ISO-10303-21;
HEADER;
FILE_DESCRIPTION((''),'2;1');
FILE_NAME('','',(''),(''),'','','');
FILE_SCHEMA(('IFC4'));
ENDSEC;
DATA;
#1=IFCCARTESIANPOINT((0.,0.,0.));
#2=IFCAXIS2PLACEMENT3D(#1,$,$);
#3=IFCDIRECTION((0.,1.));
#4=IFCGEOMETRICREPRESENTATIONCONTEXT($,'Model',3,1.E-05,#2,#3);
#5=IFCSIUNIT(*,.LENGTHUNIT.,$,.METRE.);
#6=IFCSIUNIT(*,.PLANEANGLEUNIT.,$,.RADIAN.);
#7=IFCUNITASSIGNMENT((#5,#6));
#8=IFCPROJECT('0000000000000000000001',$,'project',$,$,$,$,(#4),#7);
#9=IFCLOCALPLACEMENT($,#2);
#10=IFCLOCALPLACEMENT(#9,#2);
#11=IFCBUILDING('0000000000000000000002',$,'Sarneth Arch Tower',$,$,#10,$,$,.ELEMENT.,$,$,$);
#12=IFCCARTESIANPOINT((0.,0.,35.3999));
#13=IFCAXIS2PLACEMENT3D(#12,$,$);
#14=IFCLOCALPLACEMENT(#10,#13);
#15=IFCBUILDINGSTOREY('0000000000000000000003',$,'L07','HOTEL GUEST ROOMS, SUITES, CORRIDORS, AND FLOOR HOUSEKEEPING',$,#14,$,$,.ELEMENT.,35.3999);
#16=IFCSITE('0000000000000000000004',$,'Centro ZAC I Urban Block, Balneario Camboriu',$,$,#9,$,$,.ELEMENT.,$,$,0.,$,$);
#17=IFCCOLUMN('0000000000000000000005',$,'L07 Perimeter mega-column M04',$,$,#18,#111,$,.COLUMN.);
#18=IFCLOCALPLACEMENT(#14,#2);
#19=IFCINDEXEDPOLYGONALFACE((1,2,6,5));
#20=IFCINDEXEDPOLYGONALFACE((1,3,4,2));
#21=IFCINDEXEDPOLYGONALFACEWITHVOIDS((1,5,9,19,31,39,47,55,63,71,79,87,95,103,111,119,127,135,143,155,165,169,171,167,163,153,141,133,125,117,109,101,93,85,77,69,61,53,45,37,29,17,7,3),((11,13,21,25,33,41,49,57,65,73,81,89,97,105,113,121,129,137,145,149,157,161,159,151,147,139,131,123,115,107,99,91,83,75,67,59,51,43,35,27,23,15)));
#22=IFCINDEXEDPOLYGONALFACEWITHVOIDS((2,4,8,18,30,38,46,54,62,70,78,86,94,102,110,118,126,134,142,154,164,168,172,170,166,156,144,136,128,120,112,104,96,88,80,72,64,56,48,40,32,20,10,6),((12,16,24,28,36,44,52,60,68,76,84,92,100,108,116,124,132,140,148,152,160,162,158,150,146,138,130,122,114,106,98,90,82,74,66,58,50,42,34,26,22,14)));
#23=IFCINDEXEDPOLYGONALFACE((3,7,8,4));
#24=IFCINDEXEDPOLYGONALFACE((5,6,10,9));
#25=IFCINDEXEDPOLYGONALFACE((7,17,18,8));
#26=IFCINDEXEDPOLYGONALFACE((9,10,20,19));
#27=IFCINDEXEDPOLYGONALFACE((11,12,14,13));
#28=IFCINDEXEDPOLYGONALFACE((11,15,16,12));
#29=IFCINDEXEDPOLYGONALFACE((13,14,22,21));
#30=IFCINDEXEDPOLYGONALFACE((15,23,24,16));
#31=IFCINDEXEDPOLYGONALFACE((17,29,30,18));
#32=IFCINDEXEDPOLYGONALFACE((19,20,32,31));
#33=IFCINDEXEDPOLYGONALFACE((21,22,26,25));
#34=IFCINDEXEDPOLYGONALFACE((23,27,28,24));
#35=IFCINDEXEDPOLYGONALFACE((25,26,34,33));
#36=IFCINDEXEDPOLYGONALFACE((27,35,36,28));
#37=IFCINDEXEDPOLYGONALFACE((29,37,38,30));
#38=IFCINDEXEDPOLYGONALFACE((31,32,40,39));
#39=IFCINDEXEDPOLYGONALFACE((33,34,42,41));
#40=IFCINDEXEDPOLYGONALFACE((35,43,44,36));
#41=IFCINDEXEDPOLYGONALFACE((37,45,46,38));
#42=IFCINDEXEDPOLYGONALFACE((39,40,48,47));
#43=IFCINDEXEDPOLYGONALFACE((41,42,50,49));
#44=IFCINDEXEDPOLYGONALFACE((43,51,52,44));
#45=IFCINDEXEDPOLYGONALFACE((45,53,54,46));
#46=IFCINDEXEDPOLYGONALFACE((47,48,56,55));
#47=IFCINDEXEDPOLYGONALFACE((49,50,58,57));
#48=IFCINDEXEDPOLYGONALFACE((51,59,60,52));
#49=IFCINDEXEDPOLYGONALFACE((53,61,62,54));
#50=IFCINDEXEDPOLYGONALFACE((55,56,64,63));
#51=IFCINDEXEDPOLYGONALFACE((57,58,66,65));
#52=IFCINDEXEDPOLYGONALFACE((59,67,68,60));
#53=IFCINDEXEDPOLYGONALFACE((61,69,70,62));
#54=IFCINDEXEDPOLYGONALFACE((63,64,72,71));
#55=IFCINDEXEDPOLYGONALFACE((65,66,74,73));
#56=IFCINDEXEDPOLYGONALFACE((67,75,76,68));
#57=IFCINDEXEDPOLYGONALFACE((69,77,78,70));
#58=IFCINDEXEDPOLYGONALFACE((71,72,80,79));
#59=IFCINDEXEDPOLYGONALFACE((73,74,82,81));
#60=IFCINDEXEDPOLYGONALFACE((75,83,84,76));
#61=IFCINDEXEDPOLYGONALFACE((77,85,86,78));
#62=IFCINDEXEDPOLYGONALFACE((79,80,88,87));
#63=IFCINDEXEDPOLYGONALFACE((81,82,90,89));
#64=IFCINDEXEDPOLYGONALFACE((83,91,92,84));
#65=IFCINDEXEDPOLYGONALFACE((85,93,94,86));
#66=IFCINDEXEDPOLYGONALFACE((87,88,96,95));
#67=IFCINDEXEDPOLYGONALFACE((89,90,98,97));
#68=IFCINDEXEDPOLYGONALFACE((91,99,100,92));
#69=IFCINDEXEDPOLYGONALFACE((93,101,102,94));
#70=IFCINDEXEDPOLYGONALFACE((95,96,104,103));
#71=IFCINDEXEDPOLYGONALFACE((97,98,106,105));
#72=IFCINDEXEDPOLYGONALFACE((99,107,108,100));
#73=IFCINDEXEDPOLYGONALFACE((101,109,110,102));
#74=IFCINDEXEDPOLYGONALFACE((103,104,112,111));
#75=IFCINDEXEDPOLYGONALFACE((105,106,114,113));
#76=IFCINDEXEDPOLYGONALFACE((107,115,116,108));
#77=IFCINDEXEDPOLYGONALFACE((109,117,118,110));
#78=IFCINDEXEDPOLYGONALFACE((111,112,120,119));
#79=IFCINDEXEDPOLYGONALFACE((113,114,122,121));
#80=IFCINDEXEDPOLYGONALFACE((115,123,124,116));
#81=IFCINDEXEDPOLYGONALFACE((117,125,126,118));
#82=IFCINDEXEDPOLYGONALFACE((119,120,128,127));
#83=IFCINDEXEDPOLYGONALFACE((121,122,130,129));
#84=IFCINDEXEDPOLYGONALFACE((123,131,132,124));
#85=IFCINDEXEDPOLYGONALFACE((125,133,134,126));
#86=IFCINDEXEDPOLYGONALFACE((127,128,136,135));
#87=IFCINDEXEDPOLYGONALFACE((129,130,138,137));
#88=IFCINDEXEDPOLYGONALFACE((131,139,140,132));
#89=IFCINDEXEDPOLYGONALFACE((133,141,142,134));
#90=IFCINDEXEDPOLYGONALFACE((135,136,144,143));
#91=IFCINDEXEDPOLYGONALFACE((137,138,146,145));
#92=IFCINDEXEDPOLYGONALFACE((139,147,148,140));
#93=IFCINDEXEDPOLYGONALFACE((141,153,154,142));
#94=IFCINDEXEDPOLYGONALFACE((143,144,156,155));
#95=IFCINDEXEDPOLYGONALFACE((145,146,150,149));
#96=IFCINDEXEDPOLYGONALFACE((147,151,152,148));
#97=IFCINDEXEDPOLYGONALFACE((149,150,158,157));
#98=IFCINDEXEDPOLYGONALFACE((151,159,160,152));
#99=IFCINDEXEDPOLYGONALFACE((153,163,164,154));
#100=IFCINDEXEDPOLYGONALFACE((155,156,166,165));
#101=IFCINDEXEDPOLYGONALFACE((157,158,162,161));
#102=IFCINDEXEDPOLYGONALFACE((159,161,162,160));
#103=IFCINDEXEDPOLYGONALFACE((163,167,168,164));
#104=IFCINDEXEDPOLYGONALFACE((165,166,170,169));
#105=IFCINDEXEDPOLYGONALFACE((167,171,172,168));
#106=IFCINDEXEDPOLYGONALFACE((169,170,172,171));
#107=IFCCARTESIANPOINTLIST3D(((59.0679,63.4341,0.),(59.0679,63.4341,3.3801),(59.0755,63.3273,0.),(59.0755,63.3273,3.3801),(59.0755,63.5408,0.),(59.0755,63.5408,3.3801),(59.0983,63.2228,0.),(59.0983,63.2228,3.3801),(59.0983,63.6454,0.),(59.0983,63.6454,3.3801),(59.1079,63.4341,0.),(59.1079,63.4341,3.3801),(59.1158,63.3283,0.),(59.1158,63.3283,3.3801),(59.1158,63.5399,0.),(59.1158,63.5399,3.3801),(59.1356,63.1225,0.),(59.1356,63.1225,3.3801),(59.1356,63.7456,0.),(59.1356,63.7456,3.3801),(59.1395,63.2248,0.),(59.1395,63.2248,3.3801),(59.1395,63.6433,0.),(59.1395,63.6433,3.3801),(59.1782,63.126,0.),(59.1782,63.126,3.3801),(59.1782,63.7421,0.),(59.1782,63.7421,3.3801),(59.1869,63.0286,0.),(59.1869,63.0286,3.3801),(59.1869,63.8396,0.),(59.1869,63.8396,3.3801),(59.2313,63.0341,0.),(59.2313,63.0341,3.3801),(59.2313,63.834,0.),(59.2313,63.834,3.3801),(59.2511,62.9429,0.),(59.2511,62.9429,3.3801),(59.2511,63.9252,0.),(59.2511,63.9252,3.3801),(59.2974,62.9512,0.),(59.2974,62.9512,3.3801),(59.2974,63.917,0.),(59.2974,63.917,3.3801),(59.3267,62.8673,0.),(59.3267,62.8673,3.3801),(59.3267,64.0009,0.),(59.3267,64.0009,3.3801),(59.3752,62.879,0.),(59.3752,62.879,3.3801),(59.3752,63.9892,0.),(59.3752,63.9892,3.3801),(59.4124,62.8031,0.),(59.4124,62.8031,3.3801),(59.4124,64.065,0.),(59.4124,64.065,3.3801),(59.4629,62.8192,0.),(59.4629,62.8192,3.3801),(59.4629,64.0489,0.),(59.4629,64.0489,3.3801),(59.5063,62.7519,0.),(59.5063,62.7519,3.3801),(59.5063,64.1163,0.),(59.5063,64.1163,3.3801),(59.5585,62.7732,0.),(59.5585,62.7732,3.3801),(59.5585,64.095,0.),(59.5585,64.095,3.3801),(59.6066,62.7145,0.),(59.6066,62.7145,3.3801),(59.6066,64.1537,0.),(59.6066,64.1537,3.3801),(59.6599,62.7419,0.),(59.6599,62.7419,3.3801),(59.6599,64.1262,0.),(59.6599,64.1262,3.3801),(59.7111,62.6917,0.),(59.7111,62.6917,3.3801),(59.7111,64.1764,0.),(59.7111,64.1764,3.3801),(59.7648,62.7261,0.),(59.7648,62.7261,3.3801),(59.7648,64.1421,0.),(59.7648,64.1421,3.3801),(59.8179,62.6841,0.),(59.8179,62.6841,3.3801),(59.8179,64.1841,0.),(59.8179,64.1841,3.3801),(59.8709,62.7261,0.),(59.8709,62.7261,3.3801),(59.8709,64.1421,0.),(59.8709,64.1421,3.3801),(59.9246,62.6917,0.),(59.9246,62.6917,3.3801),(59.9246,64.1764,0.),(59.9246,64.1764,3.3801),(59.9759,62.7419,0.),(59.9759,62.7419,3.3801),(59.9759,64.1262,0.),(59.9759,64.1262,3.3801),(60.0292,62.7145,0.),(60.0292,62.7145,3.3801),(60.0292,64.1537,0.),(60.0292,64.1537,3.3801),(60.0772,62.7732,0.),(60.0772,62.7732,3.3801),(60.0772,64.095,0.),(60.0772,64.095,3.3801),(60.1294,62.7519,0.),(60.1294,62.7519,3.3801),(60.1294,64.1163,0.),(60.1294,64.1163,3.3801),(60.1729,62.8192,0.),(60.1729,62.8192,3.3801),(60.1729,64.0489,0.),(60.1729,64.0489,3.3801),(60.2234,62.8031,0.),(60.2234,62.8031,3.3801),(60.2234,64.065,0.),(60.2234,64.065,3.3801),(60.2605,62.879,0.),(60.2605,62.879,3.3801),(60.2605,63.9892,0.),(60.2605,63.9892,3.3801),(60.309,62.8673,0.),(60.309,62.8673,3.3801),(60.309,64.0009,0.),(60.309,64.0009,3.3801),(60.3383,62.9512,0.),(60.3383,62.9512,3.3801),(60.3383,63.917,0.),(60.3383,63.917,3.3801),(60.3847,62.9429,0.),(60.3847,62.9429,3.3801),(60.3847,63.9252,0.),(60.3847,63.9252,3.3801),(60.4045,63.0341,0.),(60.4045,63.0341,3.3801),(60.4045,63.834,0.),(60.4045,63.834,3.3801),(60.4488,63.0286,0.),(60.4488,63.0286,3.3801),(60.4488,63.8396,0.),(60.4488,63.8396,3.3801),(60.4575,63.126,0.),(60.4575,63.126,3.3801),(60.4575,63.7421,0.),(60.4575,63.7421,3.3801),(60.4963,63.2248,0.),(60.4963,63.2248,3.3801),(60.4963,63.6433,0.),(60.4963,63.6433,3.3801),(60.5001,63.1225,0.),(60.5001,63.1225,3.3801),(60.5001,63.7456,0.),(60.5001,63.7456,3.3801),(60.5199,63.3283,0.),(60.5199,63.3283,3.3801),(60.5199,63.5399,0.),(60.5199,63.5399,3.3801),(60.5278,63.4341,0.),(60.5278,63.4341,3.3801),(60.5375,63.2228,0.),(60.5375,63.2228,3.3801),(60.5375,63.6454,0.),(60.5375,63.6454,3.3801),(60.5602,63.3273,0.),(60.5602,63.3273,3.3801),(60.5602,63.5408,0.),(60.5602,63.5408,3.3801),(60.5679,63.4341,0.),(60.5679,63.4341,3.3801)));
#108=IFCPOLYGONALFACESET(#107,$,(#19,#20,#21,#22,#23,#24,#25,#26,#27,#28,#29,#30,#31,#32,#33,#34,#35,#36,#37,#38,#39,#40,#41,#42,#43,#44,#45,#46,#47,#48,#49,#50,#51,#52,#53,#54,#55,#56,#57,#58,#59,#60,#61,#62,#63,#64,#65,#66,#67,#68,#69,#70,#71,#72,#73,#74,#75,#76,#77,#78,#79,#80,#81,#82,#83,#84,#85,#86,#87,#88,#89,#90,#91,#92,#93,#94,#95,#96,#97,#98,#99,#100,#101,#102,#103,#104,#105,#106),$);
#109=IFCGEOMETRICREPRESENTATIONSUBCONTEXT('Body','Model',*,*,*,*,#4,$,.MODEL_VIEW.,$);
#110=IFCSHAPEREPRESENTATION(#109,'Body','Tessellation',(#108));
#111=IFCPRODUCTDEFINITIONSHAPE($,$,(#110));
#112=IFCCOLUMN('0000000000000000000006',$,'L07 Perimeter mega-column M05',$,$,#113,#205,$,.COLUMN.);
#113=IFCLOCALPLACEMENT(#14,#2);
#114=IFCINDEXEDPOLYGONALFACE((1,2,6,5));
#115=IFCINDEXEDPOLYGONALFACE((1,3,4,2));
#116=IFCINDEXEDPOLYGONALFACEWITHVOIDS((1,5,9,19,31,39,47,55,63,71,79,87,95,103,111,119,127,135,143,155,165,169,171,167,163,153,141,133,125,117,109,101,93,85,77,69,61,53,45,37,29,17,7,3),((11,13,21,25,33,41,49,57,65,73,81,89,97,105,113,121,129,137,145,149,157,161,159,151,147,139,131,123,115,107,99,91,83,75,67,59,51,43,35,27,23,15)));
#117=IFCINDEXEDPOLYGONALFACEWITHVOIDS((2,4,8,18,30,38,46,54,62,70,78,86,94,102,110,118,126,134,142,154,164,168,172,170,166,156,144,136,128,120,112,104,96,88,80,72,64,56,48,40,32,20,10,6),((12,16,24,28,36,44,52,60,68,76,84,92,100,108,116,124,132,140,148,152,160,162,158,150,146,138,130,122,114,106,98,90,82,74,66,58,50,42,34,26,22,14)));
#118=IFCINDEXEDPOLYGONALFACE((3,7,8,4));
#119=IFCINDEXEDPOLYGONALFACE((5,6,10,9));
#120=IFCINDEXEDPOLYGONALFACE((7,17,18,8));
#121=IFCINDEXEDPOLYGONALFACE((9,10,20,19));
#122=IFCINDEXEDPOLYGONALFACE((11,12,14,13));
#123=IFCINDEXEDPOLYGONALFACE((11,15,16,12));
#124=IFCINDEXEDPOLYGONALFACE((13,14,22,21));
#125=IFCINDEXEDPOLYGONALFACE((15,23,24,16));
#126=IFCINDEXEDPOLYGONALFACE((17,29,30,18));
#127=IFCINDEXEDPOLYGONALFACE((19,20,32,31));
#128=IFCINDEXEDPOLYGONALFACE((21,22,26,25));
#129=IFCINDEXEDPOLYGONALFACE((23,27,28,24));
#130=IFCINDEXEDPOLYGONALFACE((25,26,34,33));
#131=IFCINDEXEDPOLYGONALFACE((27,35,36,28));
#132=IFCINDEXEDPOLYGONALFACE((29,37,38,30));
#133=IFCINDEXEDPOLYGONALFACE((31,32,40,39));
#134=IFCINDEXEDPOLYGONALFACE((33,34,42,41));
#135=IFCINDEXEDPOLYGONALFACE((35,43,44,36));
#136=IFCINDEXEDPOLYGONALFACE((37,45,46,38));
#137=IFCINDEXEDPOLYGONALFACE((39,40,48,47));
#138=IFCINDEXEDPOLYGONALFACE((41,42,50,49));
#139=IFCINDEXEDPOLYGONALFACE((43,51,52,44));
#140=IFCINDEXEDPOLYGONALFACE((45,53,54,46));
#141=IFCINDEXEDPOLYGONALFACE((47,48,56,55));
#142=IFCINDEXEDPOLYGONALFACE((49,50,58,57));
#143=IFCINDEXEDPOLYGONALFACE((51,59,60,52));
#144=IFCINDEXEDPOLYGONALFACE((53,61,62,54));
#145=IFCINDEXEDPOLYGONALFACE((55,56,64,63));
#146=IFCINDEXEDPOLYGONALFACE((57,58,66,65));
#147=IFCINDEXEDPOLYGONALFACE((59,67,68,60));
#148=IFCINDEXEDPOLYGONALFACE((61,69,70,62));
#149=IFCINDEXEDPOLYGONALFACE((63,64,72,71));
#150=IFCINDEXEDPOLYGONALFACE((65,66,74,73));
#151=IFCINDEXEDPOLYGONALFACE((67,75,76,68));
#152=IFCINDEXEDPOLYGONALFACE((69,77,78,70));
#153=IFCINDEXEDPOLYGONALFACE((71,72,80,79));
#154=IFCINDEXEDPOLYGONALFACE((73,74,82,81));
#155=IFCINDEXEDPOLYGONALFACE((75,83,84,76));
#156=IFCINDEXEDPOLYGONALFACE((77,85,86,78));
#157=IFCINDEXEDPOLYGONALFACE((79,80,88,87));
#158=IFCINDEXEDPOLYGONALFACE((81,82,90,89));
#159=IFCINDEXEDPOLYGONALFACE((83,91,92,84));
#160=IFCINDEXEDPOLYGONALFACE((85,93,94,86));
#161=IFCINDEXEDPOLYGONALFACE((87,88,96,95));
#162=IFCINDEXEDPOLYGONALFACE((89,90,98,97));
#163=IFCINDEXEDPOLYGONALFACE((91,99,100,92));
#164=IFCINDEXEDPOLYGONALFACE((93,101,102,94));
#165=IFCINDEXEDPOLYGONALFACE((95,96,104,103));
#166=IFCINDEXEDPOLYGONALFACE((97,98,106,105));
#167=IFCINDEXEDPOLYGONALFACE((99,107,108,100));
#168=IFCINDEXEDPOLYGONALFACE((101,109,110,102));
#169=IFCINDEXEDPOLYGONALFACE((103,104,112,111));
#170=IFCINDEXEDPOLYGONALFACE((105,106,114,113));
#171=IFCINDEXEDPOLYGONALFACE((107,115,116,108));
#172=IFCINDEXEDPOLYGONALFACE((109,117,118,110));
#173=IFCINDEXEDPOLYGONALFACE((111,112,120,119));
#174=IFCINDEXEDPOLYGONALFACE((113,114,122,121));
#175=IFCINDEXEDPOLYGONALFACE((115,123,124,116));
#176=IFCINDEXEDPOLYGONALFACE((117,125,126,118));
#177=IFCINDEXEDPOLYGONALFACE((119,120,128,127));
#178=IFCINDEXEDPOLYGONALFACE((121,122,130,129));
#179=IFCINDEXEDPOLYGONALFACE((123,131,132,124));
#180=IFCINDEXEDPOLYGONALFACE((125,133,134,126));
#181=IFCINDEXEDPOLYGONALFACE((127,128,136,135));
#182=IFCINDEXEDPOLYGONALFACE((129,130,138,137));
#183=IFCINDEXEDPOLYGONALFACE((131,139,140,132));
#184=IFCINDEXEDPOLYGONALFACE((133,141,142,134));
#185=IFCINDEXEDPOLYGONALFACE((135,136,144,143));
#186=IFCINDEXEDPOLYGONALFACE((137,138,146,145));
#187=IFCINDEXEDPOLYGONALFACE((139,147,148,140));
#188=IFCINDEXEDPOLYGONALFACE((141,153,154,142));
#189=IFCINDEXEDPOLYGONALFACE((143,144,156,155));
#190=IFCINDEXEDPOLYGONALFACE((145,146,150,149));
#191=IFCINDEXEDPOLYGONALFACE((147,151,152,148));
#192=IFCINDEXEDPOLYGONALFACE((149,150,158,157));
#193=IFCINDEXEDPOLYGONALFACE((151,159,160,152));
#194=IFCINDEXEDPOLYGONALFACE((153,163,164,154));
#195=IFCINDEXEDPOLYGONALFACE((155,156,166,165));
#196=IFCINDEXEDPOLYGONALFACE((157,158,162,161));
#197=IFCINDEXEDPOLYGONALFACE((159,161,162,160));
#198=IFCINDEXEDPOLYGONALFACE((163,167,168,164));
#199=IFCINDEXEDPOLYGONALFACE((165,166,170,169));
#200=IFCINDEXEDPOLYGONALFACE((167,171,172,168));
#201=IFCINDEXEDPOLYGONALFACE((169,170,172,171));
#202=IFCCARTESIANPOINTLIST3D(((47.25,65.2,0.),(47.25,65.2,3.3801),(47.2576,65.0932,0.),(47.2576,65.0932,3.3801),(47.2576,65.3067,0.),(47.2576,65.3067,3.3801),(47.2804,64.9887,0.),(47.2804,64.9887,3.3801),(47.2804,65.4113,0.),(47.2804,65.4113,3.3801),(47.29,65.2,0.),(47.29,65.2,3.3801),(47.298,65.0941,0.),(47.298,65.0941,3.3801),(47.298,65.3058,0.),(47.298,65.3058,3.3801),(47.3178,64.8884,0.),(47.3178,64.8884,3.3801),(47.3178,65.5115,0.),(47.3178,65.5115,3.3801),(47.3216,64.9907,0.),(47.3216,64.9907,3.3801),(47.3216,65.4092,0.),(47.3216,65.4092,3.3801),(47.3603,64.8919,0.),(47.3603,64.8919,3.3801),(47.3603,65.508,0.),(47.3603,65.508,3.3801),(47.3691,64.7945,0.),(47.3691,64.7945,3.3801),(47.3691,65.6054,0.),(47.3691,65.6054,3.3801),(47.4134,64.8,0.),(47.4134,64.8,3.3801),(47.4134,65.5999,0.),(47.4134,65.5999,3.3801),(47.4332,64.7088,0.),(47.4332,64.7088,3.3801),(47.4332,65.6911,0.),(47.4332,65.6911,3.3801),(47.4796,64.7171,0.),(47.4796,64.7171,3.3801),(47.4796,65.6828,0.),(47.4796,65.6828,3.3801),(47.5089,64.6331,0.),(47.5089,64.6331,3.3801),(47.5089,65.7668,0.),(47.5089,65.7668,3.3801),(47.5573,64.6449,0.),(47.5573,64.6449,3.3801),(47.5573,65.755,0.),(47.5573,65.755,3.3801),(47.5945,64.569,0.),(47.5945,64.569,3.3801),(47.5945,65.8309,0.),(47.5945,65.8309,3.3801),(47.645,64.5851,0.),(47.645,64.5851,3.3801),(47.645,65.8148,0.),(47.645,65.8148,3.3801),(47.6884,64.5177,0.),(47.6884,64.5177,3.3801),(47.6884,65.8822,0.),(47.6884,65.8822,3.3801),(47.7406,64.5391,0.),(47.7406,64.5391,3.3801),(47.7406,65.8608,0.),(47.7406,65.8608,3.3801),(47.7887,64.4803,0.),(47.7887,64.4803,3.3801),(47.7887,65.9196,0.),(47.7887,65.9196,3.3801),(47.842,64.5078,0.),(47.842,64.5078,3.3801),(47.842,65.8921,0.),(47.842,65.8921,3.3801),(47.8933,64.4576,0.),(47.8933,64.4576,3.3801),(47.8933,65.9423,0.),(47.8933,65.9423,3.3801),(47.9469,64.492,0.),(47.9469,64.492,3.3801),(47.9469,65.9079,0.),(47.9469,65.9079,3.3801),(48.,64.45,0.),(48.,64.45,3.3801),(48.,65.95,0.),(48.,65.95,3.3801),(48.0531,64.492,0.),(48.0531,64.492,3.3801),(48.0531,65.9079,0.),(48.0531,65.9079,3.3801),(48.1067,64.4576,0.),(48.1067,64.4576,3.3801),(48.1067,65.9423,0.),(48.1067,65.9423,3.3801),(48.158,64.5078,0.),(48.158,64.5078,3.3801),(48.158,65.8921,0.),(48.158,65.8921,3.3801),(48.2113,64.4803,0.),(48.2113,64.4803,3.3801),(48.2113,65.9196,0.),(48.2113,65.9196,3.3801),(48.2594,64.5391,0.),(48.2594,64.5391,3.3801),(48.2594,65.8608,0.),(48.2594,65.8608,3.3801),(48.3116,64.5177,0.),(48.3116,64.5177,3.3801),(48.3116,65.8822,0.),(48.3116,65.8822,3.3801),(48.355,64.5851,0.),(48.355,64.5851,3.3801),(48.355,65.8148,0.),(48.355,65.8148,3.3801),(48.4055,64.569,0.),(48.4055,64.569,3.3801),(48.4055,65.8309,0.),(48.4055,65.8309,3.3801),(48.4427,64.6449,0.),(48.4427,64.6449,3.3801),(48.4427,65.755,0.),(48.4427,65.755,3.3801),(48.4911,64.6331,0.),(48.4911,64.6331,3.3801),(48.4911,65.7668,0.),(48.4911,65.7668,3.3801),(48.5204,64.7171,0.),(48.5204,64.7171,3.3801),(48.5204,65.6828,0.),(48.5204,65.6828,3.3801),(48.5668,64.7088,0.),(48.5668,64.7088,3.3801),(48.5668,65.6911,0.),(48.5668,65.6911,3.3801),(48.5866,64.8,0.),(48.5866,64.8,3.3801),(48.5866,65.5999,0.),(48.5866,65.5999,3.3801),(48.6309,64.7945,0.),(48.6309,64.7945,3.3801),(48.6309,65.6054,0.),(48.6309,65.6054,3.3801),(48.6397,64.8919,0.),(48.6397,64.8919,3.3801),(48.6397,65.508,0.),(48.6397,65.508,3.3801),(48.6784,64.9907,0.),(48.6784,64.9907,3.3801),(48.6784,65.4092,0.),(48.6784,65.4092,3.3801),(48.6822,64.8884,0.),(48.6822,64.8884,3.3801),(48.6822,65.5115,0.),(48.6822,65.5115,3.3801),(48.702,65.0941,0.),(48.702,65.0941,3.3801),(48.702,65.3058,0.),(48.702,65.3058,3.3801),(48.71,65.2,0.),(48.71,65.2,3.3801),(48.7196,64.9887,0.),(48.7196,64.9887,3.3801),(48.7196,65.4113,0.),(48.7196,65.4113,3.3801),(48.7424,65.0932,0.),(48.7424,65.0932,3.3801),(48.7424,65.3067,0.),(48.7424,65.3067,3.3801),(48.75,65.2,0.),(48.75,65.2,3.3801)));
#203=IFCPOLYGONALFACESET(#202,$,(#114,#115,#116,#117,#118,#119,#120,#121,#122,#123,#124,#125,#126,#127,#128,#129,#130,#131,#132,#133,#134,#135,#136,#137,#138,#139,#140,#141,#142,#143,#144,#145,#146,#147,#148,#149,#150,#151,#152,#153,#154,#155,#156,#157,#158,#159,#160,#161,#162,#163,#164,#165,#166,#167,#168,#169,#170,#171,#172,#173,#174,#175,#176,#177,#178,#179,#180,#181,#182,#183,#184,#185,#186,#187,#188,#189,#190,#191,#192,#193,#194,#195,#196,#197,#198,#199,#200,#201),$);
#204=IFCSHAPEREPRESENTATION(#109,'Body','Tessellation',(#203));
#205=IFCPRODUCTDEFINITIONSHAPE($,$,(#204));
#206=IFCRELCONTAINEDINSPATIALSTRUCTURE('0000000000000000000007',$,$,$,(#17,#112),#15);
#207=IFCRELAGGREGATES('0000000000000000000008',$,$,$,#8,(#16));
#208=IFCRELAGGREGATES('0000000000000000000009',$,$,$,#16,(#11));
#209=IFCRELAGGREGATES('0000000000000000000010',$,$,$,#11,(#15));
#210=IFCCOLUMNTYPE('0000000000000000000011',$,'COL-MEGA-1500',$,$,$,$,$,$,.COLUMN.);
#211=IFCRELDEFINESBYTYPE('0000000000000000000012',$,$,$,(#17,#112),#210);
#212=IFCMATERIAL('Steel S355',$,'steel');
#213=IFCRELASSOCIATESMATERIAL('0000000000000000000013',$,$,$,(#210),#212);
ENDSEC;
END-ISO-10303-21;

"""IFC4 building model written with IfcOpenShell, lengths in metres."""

from ifc_helpers import new_model, si_unit, direction, frame, origin, origin_2d, place, context, subcontext, project, spatial, hollow_circle, extrude, material, material_profile, profile_set, type_object, element, save


model = new_model("IFC4")

# Units and contexts
model_context = context("Model", 3, precision=1e-05, world=origin(), true_north=direction((0.0, 1.0)))
body_context = subcontext(model_context, "Body", "Model", "MODEL_VIEW")
ifc_project = project(units=[si_unit("LENGTHUNIT", "METRE"), si_unit("PLANEANGLEUNIT", "RADIAN")], contexts=[model_context])

# Site, building, storey
site_placement = place(None, origin())
site = spatial("IfcSite", under=ifc_project, at=site_placement, Name="Centro ZAC I Urban Block, Balneario Camboriu", CompositionType="ELEMENT", RefElevation=0.0)
building_placement = place(site_placement, origin())
building = spatial("IfcBuilding", under=site, at=building_placement, Name="Sarneth Arch Tower", CompositionType="ELEMENT")
storey_placement = place(building_placement, frame((0.0, 0.0, 35.3999)))
storey = spatial("IfcBuildingStorey", under=building, at=storey_placement, Name="L07", Description="HOTEL GUEST ROOMS, SUITES, CORRIDORS, AND FLOOR HOUSEKEEPING", CompositionType="ELEMENT", Elevation=35.3999)

# Columns
ifc_material_1 = material(Name="Steel S355", Category="steel")
ifc_material_profile_1 = material_profile(ifc_material_1, hollow_circle(Radius=0.75, WallThickness=0.04, at=origin_2d()), Name="CHS1500x40")
ifc_profile_set_1 = profile_set([ifc_material_profile_1], Name="Steel S355")
column_type = type_object("IfcColumnType", Name="COL-MEGA-1500", PredefinedType="COLUMN", material=ifc_profile_set_1)
for number, where, z_axis, x_axis, name in (
    (1, (59.8179, 63.4341, 0.0), (0.0, 0.0, 1.0), (1.0, 0.0, 0.0), "L07 Perimeter mega-column M04"),
    (2, (48.0, 65.2, 0.0), (0.0, 0.0, 1.0), (1.0, 0.0, 0.0), "L07 Perimeter mega-column M05"),
):
    element("IfcColumn", number, at=place(storey_placement, frame(where, z_axis=z_axis, x_axis=x_axis)), inside=storey, type_object=column_type, Name=name, PredefinedType="COLUMN", context=body_context, shape_type="SweptSolid", body=[
        extrude(hollow_circle(Radius=0.75, WallThickness=0.04, at=origin_2d()), origin(), (0.0, 0.0, 1.0), 3.3801),
    ])

save(model, "model.ifc")
